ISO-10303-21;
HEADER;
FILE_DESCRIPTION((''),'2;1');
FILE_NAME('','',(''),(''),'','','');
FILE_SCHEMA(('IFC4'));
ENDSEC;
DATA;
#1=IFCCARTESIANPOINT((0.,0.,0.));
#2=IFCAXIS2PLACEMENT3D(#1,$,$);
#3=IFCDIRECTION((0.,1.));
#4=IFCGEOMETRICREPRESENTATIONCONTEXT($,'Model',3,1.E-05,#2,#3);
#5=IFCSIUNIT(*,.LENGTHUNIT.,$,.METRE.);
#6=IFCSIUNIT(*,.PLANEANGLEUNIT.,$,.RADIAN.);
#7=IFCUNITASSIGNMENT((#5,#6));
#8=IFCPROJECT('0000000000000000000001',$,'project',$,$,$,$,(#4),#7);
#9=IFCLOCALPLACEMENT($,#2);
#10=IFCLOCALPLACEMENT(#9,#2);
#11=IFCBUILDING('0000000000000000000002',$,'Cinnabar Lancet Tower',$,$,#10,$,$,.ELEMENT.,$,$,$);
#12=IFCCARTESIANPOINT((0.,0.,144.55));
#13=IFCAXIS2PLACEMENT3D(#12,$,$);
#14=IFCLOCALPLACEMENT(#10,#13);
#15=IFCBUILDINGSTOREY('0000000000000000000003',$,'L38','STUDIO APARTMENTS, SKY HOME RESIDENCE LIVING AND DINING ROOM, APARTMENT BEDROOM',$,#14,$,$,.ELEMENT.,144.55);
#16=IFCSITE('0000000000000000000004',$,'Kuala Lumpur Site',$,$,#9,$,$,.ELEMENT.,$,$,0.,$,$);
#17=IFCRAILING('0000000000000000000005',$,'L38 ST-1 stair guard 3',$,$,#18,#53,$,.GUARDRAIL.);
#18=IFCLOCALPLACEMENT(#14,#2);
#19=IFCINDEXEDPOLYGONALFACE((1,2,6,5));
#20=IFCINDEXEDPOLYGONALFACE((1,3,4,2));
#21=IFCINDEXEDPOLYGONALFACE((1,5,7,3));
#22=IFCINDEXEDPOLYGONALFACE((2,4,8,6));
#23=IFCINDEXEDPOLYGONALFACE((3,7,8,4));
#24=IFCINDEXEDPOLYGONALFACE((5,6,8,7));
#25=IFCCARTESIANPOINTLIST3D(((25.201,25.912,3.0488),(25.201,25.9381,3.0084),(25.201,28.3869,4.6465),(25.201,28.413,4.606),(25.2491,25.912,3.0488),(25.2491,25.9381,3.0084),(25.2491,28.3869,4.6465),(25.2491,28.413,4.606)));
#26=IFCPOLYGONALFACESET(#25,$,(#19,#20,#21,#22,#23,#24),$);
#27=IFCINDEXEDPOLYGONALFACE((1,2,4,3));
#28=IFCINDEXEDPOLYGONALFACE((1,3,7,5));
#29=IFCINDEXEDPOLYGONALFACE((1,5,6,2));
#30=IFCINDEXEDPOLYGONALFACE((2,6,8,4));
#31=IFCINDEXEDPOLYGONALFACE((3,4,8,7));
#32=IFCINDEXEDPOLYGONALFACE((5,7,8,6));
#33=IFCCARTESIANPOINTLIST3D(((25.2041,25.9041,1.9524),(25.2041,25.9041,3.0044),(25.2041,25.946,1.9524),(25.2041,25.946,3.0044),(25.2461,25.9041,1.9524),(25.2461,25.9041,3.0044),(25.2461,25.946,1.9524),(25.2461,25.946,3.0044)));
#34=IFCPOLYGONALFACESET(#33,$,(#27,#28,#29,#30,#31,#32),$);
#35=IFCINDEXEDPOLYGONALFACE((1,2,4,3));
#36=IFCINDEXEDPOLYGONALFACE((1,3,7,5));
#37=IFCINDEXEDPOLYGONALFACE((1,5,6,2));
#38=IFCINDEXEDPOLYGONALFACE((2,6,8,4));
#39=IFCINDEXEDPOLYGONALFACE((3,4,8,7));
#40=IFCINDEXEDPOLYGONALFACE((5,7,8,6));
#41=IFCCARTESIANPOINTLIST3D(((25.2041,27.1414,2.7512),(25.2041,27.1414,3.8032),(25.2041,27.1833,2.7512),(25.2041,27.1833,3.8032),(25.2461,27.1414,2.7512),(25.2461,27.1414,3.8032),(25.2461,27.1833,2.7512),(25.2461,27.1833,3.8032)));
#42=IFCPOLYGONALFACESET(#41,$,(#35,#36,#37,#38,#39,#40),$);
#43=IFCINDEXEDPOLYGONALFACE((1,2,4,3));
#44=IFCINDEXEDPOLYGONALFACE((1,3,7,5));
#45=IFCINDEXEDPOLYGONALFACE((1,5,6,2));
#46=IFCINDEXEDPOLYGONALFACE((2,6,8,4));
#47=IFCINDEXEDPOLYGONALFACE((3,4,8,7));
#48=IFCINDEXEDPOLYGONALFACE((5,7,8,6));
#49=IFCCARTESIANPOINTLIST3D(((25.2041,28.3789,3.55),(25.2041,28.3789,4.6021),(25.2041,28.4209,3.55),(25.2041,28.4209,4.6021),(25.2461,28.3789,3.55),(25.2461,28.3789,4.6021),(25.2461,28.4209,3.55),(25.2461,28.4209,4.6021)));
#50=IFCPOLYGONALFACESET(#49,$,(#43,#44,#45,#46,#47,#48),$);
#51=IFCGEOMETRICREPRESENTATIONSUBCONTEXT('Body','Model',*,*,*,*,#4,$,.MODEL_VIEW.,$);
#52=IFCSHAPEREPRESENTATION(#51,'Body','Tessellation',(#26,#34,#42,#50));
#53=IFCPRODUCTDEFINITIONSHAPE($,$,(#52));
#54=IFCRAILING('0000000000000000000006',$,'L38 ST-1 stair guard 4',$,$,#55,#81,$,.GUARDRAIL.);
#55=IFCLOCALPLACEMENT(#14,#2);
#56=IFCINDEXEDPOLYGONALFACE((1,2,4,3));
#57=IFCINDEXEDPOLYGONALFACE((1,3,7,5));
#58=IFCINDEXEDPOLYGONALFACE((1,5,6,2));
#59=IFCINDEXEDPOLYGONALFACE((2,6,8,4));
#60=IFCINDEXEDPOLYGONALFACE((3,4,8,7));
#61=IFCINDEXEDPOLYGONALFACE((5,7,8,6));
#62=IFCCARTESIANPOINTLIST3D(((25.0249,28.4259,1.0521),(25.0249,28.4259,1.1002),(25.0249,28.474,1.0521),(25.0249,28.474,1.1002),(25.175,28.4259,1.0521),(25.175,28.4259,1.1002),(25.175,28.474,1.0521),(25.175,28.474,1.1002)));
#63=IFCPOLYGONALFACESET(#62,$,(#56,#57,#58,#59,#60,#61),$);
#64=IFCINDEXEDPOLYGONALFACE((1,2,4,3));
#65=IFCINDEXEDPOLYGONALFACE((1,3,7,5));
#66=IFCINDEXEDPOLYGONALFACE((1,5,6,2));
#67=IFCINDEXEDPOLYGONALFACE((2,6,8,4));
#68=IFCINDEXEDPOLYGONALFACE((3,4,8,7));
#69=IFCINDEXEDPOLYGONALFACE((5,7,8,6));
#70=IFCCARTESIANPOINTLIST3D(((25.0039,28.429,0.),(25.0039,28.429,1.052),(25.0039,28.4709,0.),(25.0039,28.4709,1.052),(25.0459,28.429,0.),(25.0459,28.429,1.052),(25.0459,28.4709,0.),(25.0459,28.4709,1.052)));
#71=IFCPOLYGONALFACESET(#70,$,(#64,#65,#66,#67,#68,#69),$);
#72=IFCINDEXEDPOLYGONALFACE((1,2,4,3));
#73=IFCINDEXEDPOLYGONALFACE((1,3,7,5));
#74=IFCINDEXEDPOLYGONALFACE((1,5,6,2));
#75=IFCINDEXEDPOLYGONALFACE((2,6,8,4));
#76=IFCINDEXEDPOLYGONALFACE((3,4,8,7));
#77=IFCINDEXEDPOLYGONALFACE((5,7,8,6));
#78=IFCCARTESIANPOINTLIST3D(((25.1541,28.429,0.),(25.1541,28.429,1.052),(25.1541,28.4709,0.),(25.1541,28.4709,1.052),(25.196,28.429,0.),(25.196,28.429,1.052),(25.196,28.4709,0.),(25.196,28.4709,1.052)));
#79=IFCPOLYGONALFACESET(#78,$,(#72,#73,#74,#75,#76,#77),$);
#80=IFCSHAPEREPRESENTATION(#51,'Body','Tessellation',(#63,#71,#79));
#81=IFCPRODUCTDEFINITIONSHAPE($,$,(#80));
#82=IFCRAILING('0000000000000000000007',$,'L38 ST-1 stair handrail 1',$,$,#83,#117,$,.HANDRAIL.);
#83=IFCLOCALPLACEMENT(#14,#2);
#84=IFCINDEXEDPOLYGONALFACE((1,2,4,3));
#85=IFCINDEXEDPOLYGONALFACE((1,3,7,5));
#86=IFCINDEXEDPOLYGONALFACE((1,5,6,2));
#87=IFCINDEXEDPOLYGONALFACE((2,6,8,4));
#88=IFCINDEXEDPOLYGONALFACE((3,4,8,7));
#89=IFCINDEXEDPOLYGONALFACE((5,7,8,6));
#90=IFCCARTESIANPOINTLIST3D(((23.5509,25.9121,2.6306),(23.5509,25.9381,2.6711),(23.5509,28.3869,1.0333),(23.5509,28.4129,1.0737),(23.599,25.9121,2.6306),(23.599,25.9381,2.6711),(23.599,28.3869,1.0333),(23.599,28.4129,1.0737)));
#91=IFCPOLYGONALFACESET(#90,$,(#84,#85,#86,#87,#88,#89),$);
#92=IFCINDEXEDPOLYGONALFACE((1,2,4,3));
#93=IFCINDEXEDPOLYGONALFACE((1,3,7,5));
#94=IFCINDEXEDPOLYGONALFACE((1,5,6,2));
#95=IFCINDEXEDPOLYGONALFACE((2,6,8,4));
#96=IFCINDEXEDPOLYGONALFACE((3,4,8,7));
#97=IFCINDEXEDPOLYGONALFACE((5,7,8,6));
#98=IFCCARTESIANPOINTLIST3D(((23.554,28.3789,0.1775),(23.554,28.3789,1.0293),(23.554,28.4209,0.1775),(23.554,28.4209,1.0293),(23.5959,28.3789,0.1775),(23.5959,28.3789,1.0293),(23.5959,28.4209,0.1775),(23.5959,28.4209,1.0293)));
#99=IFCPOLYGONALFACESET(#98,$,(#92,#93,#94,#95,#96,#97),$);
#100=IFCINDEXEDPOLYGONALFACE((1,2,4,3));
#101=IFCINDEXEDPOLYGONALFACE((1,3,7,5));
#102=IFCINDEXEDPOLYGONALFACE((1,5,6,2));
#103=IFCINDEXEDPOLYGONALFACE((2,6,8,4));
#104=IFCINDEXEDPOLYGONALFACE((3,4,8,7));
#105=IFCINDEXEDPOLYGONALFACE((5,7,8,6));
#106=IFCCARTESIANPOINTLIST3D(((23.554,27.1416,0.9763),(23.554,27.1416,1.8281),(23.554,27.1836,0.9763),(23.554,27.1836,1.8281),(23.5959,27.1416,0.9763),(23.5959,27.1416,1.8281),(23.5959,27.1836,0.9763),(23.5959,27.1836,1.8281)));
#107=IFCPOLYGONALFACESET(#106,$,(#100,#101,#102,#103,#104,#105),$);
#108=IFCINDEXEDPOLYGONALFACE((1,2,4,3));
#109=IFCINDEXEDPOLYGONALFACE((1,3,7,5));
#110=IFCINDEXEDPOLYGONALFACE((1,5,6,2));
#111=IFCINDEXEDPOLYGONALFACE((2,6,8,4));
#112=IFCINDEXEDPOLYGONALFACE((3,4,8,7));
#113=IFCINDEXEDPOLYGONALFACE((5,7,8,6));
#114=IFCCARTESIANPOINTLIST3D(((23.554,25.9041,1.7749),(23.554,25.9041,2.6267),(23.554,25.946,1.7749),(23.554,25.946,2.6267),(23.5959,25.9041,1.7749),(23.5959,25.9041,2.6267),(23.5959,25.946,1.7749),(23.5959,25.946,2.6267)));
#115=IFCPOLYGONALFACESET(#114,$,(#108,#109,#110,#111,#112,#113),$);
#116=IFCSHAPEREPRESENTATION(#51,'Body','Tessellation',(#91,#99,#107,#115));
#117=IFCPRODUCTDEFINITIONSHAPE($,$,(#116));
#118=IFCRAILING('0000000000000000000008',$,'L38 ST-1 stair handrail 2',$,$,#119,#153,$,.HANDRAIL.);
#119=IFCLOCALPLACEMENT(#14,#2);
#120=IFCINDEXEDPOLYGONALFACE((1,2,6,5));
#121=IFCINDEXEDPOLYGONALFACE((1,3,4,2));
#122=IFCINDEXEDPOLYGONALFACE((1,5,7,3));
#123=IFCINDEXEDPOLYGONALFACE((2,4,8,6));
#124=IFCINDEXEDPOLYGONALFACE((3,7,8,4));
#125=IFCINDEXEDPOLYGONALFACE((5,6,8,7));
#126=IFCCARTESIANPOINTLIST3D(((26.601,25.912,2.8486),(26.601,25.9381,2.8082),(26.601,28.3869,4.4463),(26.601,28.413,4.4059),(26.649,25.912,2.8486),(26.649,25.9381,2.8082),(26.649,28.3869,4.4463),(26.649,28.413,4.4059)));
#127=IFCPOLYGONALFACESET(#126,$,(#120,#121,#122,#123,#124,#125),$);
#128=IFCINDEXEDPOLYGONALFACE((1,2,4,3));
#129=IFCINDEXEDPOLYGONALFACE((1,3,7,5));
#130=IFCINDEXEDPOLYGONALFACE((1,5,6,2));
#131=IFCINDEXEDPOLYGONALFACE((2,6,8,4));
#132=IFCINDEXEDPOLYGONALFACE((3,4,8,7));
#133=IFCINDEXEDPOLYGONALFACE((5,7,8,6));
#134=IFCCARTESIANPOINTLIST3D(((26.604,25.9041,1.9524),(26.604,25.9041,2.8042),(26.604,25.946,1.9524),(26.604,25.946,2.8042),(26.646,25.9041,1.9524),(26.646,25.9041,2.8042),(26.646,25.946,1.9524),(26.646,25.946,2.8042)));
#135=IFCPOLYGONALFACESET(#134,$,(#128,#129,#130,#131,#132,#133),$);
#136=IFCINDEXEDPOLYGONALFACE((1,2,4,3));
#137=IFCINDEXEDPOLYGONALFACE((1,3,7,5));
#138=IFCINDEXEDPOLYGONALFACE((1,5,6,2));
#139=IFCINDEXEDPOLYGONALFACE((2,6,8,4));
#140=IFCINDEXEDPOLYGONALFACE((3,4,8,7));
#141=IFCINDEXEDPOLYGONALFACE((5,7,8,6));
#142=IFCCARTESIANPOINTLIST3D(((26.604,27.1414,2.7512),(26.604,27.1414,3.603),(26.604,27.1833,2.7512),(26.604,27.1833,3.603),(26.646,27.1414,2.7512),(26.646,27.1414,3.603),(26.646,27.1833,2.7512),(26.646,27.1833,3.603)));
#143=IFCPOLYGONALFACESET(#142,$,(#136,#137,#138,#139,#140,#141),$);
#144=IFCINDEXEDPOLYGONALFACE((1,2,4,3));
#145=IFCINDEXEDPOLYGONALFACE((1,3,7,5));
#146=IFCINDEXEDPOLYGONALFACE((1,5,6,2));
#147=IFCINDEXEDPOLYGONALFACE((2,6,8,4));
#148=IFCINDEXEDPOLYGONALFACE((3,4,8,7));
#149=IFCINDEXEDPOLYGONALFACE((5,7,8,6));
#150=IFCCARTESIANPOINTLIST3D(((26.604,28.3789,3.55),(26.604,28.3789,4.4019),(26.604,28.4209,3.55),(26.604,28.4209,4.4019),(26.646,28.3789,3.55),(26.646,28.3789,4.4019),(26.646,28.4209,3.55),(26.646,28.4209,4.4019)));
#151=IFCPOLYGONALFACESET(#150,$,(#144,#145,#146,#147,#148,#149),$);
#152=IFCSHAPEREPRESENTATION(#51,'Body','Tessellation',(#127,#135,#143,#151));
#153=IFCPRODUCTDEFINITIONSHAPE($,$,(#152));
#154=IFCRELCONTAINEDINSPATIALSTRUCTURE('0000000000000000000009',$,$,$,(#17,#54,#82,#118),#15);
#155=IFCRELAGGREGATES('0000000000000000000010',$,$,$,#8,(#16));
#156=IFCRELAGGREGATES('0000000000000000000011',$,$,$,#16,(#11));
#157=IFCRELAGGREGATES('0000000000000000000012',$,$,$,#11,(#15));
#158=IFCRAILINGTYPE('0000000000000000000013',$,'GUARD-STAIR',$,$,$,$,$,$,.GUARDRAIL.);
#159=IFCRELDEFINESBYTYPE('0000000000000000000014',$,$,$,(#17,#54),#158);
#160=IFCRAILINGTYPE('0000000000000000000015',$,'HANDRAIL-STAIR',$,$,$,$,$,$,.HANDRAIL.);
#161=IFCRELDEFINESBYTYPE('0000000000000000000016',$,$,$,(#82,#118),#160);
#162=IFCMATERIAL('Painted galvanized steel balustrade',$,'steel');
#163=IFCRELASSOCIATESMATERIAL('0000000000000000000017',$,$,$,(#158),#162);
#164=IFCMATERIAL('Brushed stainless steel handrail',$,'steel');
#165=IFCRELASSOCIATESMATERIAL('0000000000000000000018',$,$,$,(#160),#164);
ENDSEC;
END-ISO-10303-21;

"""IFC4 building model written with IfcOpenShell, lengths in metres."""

from ifc_helpers import new_model, si_unit, direction, frame, origin, origin_2d, place, context, subcontext, project, spatial, rectangle, extrude, material, type_object, element, save


model = new_model("IFC4")

# Units and contexts
model_context = context("Model", 3, precision=1e-05, world=origin(), true_north=direction((0.0, 1.0)))
body_context = subcontext(model_context, "Body", "Model", "MODEL_VIEW")
ifc_project = project(units=[si_unit("LENGTHUNIT", "METRE"), si_unit("PLANEANGLEUNIT", "RADIAN")], contexts=[model_context])

# Site, building, storey
site_placement = place(None, origin())
site = spatial("IfcSite", under=ifc_project, at=site_placement, Name="Kuala Lumpur Site", CompositionType="ELEMENT", RefElevation=0.0)
building_placement = place(site_placement, origin())
building = spatial("IfcBuilding", under=site, at=building_placement, Name="Cinnabar Lancet Tower", CompositionType="ELEMENT")
storey_placement = place(building_placement, frame((0.0, 0.0, 144.55)))
storey = spatial("IfcBuildingStorey", under=building, at=storey_placement, Name="L38", Description="STUDIO APARTMENTS, SKY HOME RESIDENCE LIVING AND DINING ROOM, APARTMENT BEDROOM", CompositionType="ELEMENT", Elevation=144.55)

# Railings
ifc_material_1 = material(Name="Painted galvanized steel balustrade", Category="steel")
railing_type_1 = type_object("IfcRailingType", Name="GUARD-STAIR", PredefinedType="GUARDRAIL", material=ifc_material_1)
railing_1_placement = place(storey_placement, frame((25.2251, 25.925, 1.9524)))
element("IfcRailing", 1, at=railing_1_placement, inside=storey, type_object=railing_type_1, Name="L38 ST-1 stair guard 3", PredefinedType="GUARDRAIL", context=body_context, shape_type="SweptSolid", body=[
    extrude(rectangle(XDim=0.0481, YDim=0.0481, at=origin_2d()), frame((0.0, 0.0, 1.0762), z_axis=(0.0, 0.840146, 0.542361), x_axis=(-1.0, 0.0, 0.0)), (0.0, 0.0, 1.0), 2.9458),
    extrude(rectangle(XDim=0.042, YDim=0.042, at=origin_2d()), origin(), (0.0, 0.0, 1.0), 1.052),
    extrude(rectangle(XDim=0.042, YDim=0.042, at=origin_2d()), frame((0.0, 1.2373, 0.7988)), (0.0, 0.0, 1.0), 1.052),
    extrude(rectangle(XDim=0.042, YDim=0.042, at=origin_2d()), frame((0.0, 2.4749, 1.5977)), (0.0, 0.0, 1.0), 1.052),
])
railing_2_placement = place(storey_placement, frame((25.0249, 28.45, 0.0)))
element("IfcRailing", 2, at=railing_2_placement, inside=storey, type_object=railing_type_1, Name="L38 ST-1 stair guard 4", PredefinedType="GUARDRAIL", context=body_context, shape_type="SweptSolid", body=[
    extrude(rectangle(XDim=0.0481, YDim=0.0481, at=origin_2d()), frame((0.0, 0.0, 1.0762), z_axis=(1.0, 0.0, 0.0), x_axis=(0.0, 1.0, 0.0)), (0.0, 0.0, 1.0), 0.1501),
    extrude(rectangle(XDim=0.042, YDim=0.042, at=origin_2d()), origin(), (0.0, 0.0, 1.0), 1.052),
    extrude(rectangle(XDim=0.042, YDim=0.042, at=origin_2d()), frame((0.1501, 0.0, 0.0)), (0.0, 0.0, 1.0), 1.052),
])
ifc_material_2 = material(Name="Brushed stainless steel handrail", Category="steel")
railing_type_2 = type_object("IfcRailingType", Name="HANDRAIL-STAIR", PredefinedType="HANDRAIL", material=ifc_material_2)
railing_3_placement = place(storey_placement, frame((23.575, 28.3999, 0.1775)))
element("IfcRailing", 3, at=railing_3_placement, inside=storey, type_object=railing_type_2, Name="L38 ST-1 stair handrail 1", PredefinedType="HANDRAIL", context=body_context, shape_type="SweptSolid", body=[
    extrude(rectangle(XDim=0.0481, YDim=0.0481, at=origin_2d()), frame((0.0, 0.0, 0.876), z_axis=(0.0, -0.840183, 0.542302), x_axis=(1.0, 0.0, 0.0)), (0.0, 0.0, 1.0), 2.9456),
    extrude(rectangle(XDim=0.042, YDim=0.042, at=origin_2d()), origin(), (0.0, 0.0, 1.0), 0.8518),
    extrude(rectangle(XDim=0.042, YDim=0.042, at=origin_2d()), frame((0.0, -1.2373, 0.7988)), (0.0, 0.0, 1.0), 0.8518),
    extrude(rectangle(XDim=0.042, YDim=0.042, at=origin_2d()), frame((0.0, -2.4749, 1.5974)), (0.0, 0.0, 1.0), 0.8518),
])
railing_4_placement = place(storey_placement, frame((26.625, 25.925, 1.9524)))
element("IfcRailing", 4, at=railing_4_placement, inside=storey, type_object=railing_type_2, Name="L38 ST-1 stair handrail 2", PredefinedType="HANDRAIL", context=body_context, shape_type="SweptSolid", body=[
    extrude(rectangle(XDim=0.0481, YDim=0.0481, at=origin_2d()), frame((0.0, 0.0, 0.876), z_axis=(0.0, 0.840146, 0.542361), x_axis=(-1.0, 0.0, 0.0)), (0.0, 0.0, 1.0), 2.9458),
    extrude(rectangle(XDim=0.042, YDim=0.042, at=origin_2d()), origin(), (0.0, 0.0, 1.0), 0.8518),
    extrude(rectangle(XDim=0.042, YDim=0.042, at=origin_2d()), frame((0.0, 1.2373, 0.7988)), (0.0, 0.0, 1.0), 0.8518),
    extrude(rectangle(XDim=0.042, YDim=0.042, at=origin_2d()), frame((0.0, 2.4749, 1.5977)), (0.0, 0.0, 1.0), 0.8518),
])

save(model, "model.ifc")
